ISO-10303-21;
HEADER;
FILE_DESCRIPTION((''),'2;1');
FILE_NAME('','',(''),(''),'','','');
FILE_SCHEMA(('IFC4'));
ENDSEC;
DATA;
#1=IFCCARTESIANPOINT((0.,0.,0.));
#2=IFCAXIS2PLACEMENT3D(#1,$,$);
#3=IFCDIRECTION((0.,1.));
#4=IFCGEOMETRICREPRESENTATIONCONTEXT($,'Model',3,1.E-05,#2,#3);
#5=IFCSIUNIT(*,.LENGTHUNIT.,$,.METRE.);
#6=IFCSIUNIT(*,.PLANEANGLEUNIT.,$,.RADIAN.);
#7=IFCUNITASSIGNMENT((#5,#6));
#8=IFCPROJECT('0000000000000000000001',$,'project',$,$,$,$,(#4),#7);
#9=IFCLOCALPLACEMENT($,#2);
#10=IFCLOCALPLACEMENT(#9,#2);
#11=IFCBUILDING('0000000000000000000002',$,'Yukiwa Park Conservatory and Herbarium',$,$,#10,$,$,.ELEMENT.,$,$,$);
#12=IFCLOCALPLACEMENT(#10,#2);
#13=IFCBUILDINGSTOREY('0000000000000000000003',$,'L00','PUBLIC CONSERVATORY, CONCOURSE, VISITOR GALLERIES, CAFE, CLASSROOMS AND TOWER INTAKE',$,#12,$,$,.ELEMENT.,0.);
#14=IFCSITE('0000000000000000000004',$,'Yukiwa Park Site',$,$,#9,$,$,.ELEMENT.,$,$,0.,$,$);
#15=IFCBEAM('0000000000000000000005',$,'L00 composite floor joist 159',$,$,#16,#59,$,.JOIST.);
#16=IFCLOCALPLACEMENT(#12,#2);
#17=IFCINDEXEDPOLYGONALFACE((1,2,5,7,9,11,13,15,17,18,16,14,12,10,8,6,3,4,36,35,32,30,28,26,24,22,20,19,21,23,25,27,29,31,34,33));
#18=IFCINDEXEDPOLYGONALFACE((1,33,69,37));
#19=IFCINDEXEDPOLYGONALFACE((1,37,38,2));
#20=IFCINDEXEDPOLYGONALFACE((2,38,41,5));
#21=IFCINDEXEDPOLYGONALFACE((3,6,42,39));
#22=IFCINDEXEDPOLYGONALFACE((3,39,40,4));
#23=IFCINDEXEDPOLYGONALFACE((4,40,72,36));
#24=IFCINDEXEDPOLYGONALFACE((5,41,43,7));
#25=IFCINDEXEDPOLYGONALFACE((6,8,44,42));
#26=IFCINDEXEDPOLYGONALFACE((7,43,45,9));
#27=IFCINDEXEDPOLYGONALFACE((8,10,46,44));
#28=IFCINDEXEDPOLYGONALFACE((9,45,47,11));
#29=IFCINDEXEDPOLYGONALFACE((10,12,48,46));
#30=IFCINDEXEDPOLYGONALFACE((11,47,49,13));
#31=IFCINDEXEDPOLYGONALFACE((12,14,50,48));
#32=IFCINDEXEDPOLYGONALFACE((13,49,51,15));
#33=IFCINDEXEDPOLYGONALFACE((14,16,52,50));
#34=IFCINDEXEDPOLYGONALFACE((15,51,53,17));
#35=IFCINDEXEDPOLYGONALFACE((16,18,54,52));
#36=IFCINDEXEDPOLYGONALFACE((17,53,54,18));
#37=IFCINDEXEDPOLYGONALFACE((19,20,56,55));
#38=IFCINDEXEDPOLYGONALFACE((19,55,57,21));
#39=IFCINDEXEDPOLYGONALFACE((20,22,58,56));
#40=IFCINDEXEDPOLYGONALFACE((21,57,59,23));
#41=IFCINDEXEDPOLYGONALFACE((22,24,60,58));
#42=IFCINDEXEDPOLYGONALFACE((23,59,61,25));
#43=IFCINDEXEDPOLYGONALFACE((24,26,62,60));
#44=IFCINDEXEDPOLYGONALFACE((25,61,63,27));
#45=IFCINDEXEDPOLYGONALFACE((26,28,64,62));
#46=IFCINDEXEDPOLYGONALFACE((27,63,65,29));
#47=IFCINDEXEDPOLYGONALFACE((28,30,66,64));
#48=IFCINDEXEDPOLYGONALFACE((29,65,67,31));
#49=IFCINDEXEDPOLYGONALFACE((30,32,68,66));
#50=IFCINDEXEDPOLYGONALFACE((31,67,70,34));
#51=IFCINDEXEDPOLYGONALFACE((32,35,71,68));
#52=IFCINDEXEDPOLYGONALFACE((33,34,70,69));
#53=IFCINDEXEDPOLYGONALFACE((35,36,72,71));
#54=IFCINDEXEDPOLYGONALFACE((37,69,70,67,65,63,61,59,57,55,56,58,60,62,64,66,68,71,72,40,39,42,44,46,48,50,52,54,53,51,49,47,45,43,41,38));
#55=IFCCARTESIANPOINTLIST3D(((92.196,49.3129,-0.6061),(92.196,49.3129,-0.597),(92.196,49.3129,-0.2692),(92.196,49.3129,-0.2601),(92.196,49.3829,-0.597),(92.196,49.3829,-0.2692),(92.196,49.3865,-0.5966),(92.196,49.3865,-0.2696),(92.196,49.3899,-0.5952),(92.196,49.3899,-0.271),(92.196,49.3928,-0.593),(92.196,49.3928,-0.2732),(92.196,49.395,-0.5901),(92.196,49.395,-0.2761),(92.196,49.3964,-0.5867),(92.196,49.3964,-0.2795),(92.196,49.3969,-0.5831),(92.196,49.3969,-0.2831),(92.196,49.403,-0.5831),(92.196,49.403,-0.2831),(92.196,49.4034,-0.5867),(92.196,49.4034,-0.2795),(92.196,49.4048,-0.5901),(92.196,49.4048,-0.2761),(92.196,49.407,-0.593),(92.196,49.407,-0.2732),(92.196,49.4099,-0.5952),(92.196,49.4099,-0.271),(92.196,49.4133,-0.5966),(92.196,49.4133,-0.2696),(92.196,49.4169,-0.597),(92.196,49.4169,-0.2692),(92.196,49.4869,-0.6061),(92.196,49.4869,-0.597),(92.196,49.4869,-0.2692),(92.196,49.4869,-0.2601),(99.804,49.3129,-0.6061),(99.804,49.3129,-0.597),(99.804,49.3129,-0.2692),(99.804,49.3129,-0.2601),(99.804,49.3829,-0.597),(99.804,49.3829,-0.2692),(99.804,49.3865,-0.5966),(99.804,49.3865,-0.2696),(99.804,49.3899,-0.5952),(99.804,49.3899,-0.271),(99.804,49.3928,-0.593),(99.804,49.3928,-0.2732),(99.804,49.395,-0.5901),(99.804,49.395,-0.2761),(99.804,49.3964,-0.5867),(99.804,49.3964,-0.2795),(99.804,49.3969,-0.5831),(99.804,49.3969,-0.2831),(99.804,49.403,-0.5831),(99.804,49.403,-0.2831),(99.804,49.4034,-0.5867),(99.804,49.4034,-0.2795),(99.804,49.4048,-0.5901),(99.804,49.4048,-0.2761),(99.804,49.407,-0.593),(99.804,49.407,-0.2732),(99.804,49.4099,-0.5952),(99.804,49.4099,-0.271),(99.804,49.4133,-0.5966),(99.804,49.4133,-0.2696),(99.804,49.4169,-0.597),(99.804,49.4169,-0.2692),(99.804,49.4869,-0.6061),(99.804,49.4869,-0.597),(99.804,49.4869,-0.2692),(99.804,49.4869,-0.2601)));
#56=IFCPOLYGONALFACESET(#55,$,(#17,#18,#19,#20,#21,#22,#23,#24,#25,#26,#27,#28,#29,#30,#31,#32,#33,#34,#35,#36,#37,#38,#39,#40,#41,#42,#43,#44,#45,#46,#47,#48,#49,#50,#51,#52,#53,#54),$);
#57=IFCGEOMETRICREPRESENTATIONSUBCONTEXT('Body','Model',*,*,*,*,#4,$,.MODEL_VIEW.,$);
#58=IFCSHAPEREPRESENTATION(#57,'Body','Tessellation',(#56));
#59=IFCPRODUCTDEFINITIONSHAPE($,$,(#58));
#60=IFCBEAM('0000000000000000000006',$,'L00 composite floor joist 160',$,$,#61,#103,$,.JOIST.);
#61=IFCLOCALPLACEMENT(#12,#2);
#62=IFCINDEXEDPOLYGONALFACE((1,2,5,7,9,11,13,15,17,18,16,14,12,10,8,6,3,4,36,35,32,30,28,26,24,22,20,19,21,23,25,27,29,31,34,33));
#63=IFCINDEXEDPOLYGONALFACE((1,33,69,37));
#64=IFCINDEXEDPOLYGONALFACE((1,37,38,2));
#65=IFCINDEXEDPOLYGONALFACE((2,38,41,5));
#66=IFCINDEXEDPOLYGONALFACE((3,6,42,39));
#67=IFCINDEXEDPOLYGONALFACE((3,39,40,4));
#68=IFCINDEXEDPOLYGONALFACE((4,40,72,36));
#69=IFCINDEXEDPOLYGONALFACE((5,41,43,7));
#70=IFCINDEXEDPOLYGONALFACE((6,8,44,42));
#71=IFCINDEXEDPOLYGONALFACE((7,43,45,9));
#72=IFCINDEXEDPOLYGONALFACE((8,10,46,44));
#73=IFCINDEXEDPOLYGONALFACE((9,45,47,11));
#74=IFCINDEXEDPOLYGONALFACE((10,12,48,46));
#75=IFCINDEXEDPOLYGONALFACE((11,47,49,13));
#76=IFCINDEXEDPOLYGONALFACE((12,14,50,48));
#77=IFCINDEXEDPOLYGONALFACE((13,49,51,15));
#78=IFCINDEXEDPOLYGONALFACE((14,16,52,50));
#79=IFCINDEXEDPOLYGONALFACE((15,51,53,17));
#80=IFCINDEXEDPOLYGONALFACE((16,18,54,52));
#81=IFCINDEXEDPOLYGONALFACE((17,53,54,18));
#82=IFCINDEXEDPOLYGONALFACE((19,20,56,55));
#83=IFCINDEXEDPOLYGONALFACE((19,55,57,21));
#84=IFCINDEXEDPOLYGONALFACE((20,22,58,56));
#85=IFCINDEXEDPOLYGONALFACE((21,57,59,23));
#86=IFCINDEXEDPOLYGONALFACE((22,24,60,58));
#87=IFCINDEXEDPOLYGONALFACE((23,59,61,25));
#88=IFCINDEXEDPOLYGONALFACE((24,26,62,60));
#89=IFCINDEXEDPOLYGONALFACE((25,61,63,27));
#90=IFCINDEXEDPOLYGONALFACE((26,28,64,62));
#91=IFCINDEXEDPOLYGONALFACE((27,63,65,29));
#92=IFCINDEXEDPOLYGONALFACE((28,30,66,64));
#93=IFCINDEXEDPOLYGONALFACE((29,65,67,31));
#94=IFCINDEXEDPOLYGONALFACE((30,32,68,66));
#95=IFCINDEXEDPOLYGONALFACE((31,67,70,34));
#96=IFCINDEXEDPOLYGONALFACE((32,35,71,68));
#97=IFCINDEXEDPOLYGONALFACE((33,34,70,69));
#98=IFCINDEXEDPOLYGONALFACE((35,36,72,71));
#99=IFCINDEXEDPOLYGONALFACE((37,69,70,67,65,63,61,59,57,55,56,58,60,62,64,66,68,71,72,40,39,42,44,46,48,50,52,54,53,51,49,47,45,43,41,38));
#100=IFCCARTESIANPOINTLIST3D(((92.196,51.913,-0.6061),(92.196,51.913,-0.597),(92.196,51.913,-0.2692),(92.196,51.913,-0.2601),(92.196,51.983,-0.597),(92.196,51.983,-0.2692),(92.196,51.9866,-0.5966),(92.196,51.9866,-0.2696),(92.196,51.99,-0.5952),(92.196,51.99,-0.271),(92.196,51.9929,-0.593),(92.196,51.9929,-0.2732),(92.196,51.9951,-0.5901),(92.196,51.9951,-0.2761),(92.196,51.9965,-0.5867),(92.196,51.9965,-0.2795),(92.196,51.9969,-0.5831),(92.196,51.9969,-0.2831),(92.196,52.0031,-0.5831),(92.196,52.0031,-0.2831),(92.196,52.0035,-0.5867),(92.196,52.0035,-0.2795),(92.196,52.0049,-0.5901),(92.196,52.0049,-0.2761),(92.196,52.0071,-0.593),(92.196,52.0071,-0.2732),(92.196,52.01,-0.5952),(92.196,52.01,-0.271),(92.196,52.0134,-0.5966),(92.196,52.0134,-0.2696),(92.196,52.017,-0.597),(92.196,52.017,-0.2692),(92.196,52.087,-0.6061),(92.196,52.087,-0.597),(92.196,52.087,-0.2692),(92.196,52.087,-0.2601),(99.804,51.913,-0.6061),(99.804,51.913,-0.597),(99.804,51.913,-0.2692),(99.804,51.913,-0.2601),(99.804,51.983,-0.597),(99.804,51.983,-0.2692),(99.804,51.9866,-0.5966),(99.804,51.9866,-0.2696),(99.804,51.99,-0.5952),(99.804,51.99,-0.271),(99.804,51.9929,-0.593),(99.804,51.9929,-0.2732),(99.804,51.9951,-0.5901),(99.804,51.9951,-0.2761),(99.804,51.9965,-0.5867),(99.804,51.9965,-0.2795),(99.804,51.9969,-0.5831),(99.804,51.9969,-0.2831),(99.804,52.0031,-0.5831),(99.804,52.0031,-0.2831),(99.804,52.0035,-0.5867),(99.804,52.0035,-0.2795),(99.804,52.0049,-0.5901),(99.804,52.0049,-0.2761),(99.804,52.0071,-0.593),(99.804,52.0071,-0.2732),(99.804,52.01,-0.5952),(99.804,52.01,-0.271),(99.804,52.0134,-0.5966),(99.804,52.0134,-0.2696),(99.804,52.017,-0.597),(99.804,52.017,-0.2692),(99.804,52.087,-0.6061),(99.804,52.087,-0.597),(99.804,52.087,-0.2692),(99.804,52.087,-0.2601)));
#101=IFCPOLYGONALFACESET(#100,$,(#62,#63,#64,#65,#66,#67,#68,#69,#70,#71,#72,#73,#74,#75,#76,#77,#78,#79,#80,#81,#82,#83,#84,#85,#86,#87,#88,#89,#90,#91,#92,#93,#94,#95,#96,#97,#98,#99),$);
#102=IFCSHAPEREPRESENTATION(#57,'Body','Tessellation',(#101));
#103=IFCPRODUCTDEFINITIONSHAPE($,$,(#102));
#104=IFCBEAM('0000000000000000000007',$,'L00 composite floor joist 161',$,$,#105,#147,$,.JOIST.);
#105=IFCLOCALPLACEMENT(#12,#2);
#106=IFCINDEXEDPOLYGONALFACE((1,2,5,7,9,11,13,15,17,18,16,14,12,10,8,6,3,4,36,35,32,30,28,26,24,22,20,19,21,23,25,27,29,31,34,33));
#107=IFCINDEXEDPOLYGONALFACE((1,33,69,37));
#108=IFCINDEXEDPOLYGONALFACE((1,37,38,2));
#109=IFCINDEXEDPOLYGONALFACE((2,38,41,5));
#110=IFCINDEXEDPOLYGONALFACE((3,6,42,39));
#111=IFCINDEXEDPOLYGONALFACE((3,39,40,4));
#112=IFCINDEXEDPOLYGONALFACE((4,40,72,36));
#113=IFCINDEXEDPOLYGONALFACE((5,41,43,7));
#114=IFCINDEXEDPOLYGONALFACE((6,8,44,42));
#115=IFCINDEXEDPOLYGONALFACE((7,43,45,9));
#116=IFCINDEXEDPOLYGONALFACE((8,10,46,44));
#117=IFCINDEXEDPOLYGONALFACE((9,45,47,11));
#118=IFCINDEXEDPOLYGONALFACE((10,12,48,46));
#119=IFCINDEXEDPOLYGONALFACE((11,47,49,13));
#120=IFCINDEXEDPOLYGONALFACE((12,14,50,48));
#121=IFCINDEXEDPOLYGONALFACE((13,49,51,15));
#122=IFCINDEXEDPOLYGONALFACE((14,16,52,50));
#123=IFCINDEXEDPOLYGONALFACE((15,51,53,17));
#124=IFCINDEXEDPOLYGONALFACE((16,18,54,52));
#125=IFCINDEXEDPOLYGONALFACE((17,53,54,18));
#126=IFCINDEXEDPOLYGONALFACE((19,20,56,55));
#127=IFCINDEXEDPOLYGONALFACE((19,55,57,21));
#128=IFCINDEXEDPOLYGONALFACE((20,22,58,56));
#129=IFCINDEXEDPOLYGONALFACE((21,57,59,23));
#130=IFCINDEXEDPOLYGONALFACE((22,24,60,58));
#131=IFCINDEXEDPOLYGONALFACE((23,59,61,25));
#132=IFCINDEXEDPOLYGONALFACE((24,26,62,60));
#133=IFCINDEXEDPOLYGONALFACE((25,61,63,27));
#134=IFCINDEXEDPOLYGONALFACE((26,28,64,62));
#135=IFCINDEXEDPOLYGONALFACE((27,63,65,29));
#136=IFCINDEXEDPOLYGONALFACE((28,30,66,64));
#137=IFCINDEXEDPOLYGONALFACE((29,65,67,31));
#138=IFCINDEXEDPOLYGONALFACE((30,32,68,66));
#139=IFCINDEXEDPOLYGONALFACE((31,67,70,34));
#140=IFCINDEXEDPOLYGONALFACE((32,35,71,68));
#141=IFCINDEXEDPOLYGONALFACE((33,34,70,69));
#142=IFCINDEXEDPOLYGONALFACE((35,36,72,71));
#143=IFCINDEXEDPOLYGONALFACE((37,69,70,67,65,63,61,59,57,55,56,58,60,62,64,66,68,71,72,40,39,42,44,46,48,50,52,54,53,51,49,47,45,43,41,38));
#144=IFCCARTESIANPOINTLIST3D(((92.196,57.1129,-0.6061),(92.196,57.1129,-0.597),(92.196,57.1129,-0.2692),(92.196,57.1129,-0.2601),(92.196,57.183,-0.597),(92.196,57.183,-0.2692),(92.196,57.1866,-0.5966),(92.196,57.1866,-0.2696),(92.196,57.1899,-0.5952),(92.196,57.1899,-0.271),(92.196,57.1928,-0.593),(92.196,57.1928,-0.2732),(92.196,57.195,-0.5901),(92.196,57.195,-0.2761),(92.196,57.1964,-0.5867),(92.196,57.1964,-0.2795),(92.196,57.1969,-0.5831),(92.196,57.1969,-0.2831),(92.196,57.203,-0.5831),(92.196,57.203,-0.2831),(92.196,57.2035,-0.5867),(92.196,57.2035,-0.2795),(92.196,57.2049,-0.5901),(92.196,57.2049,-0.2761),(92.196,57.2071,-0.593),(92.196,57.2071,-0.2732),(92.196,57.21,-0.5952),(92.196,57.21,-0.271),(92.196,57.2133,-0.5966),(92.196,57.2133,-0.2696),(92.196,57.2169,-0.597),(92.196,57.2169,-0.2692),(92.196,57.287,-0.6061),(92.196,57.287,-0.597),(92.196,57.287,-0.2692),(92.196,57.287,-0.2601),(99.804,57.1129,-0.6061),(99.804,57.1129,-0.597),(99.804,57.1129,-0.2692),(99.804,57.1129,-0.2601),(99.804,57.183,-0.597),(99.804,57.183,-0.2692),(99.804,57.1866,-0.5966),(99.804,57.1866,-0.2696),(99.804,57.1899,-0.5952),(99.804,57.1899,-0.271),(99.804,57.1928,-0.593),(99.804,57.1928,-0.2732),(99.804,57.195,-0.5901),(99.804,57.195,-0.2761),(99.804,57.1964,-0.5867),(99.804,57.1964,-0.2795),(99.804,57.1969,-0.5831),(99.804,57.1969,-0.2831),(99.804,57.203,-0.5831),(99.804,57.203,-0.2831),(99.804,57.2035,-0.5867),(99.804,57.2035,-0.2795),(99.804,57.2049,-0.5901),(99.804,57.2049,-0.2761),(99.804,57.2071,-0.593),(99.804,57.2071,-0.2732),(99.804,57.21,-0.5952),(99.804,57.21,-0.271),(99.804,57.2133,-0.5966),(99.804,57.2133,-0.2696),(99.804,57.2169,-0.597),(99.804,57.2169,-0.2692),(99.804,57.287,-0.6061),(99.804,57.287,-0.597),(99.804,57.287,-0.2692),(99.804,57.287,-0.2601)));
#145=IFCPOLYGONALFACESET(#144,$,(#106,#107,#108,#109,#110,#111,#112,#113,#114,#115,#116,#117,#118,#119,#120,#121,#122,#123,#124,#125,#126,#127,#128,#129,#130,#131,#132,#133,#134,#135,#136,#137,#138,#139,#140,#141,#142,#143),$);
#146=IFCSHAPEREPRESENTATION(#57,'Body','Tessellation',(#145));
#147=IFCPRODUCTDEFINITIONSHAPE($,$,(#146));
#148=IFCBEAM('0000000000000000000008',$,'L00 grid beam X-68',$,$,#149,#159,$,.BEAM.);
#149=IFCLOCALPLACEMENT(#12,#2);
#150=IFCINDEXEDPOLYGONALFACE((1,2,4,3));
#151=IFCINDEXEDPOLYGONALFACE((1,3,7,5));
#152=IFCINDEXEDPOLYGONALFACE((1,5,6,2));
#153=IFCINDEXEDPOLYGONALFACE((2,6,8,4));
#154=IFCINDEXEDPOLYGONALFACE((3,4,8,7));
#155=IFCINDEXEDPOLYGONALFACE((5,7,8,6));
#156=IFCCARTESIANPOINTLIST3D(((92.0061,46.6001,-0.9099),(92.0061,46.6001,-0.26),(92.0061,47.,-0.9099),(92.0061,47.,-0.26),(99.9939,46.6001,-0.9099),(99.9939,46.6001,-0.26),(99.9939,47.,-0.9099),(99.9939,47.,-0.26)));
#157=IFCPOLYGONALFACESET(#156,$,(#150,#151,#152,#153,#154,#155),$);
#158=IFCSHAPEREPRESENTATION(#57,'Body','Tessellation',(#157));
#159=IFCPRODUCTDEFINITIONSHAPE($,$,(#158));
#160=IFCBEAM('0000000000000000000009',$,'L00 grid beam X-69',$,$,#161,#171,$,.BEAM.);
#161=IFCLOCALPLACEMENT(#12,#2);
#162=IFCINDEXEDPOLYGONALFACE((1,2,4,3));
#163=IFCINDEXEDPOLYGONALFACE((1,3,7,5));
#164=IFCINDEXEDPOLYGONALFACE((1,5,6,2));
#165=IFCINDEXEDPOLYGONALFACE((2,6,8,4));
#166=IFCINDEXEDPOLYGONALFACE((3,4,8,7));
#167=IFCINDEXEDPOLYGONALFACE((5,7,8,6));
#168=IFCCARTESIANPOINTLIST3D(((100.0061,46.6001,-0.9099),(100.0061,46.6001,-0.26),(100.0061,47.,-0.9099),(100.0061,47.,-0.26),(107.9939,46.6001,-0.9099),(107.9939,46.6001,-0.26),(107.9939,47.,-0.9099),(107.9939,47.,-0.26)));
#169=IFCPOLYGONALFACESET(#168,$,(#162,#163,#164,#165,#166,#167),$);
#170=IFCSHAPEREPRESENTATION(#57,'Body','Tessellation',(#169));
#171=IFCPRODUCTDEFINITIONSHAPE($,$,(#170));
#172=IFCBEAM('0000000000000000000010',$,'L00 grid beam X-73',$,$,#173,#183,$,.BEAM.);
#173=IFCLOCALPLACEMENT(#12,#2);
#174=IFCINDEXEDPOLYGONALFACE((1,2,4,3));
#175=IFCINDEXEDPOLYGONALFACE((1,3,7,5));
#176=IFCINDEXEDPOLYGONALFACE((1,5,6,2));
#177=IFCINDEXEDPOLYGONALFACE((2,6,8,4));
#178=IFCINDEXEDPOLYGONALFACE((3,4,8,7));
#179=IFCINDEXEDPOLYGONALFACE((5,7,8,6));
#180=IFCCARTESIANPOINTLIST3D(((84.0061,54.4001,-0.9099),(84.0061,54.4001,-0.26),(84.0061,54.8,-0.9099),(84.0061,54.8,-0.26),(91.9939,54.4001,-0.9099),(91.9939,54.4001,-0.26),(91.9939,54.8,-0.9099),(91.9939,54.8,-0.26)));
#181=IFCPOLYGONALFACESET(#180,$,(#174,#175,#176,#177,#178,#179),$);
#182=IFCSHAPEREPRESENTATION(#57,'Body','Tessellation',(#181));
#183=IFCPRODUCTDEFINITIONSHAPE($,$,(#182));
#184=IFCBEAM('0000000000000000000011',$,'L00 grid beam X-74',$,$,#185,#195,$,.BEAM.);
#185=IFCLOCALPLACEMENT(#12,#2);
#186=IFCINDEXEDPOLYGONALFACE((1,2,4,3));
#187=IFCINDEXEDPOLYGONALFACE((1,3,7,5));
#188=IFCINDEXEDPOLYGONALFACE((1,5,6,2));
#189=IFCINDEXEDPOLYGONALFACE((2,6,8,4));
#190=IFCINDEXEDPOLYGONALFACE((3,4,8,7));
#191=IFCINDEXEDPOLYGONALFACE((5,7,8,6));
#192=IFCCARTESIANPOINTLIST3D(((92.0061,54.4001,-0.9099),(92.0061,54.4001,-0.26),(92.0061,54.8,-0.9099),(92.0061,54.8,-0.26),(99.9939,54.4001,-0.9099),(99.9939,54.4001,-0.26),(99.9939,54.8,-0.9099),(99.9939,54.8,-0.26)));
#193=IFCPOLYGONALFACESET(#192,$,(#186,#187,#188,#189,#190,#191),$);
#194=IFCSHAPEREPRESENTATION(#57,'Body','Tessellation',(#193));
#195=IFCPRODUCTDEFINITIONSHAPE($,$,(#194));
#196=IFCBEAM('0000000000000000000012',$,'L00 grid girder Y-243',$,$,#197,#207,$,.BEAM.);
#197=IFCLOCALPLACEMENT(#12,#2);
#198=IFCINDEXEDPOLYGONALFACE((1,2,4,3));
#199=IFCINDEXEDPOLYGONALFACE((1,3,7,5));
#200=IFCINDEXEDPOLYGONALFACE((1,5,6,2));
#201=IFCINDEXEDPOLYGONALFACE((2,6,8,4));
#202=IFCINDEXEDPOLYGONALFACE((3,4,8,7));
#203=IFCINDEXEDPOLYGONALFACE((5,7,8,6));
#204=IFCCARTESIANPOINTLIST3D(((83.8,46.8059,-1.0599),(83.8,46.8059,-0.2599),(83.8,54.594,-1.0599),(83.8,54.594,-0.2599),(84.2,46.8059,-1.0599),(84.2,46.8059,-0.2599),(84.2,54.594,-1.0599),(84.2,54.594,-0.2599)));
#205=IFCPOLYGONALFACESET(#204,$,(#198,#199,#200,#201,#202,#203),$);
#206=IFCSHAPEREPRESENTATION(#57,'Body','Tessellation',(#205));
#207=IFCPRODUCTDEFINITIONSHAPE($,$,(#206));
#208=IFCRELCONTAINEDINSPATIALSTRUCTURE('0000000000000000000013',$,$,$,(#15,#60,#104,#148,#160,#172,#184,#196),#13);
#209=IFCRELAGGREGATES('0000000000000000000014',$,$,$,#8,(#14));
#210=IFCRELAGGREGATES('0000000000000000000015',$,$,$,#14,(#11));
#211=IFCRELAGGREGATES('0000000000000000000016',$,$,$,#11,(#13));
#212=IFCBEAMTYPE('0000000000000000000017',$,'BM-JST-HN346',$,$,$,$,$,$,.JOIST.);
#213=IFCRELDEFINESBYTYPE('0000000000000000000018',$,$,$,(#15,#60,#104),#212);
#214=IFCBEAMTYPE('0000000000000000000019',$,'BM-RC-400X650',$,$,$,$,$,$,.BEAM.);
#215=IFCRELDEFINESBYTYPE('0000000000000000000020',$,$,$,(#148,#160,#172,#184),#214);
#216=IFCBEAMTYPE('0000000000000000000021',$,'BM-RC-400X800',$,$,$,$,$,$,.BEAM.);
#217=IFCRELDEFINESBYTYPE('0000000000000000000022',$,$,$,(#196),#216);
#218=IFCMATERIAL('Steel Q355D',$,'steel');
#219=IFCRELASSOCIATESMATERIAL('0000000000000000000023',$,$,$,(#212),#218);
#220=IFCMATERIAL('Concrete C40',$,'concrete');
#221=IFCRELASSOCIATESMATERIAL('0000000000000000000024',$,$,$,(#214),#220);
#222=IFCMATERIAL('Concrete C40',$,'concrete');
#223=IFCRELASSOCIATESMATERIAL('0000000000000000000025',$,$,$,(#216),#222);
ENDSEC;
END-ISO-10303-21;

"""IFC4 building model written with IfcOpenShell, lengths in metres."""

from ifc_helpers import new_model, si_unit, direction, frame, origin, origin_2d, place, context, subcontext, project, spatial, rectangle, i_section, extrude, material, material_profile, profile_set, type_object, element, save


model = new_model("IFC4")

# Units and contexts
model_context = context("Model", 3, precision=1e-05, world=origin(), true_north=direction((0.0, 1.0)))
body_context = subcontext(model_context, "Body", "Model", "MODEL_VIEW")
ifc_project = project(units=[si_unit("LENGTHUNIT", "METRE"), si_unit("PLANEANGLEUNIT", "RADIAN")], contexts=[model_context])

# Site, building, storey
site_placement = place(None, origin())
site = spatial("IfcSite", under=ifc_project, at=site_placement, Name="Yukiwa Park Site", CompositionType="ELEMENT", RefElevation=0.0)
building_placement = place(site_placement, origin())
building = spatial("IfcBuilding", under=site, at=building_placement, Name="Yukiwa Park Conservatory and Herbarium", CompositionType="ELEMENT")
storey_placement = place(building_placement, origin())
storey = spatial("IfcBuildingStorey", under=building, at=storey_placement, Name="L00", Description="PUBLIC CONSERVATORY, CONCOURSE, VISITOR GALLERIES, CAFE, CLASSROOMS AND TOWER INTAKE", CompositionType="ELEMENT", Elevation=0.0)

# Beams
ifc_material_1 = material(Name="Steel Q355D", Category="steel")
ifc_material_profile_1 = material_profile(ifc_material_1, i_section(OverallWidth=0.1741, OverallDepth=0.3459, WebThickness=0.0061, FlangeThickness=0.009, FilletRadius=0.0139, at=origin_2d()), Name="HN 346x174x6x9")
ifc_profile_set_1 = profile_set([ifc_material_profile_1], Name="Steel Q355D")
beam_type_1 = type_object("IfcBeamType", Name="BM-JST-HN346", PredefinedType="JOIST", material=ifc_profile_set_1)
for number, where, z_axis, x_axis, name in (
    (1, (92.196, 49.3999, -0.4331), (1.0, 0.0, 0.0), (0.0, 1.0, 0.0), "L00 composite floor joist 159"),
    (2, (92.196, 52.0, -0.4331), (1.0, 0.0, 0.0), (0.0, 1.0, 0.0), "L00 composite floor joist 160"),
    (3, (92.196, 57.2, -0.4331), (1.0, 0.0, 0.0), (0.0, 1.0, 0.0), "L00 composite floor joist 161"),
):
    element("IfcBeam", number, at=place(storey_placement, frame(where, z_axis=z_axis, x_axis=x_axis)), inside=storey, type_object=beam_type_1, Name=name, PredefinedType="JOIST", context=body_context, shape_type="SweptSolid", body=[
        extrude(i_section(OverallWidth=0.1741, OverallDepth=0.3459, WebThickness=0.0061, FlangeThickness=0.009, FilletRadius=0.0139, at=origin_2d()), origin(), (0.0, 0.0, 1.0), 7.6079),
    ])
ifc_material_2 = material(Name="Concrete C40", Category="concrete")
ifc_material_profile_2 = material_profile(ifc_material_2, rectangle(XDim=0.3999, YDim=0.6499, at=origin_2d()), Name="RC 400x650")
ifc_profile_set_2 = profile_set([ifc_material_profile_2], Name="Concrete C40")
beam_type_2 = type_object("IfcBeamType", Name="BM-RC-400X650", PredefinedType="BEAM", material=ifc_profile_set_2)
for number, where, z_axis, x_axis, name in (
    (4, (92.0061, 46.8, -0.585), (1.0, 0.0, 0.0), (0.0, 1.0, 0.0), "L00 grid beam X-68"),
    (5, (100.0061, 46.8, -0.585), (1.0, 0.0, 0.0), (0.0, 1.0, 0.0), "L00 grid beam X-69"),
    (6, (84.0061, 54.6001, -0.585), (1.0, 0.0, 0.0), (0.0, 1.0, 0.0), "L00 grid beam X-73"),
    (7, (92.0061, 54.6001, -0.585), (1.0, 0.0, 0.0), (0.0, 1.0, 0.0), "L00 grid beam X-74"),
):
    element("IfcBeam", number, at=place(storey_placement, frame(where, z_axis=z_axis, x_axis=x_axis)), inside=storey, type_object=beam_type_2, Name=name, PredefinedType="BEAM", context=body_context, shape_type="SweptSolid", body=[
        extrude(rectangle(XDim=0.3999, YDim=0.6499, at=origin_2d()), origin(), (0.0, 0.0, 1.0), 7.9878),
    ])
ifc_material_3 = material(Name="Concrete C40", Category="concrete")
ifc_material_profile_3 = material_profile(ifc_material_3, rectangle(XDim=0.3999, YDim=0.8, at=origin_2d()), Name="RC 400x800")
ifc_profile_set_3 = profile_set([ifc_material_profile_3], Name="Concrete C40")
beam_type_3 = type_object("IfcBeamType", Name="BM-RC-400X800", PredefinedType="BEAM", material=ifc_profile_set_3)
for number, where, z_axis, x_axis, name in (
    (8, (84.0, 46.8059, -0.6599), (0.0, 1.0, 0.0), (-1.0, 0.0, 0.0), "L00 grid girder Y-243"),
):
    element("IfcBeam", number, at=place(storey_placement, frame(where, z_axis=z_axis, x_axis=x_axis)), inside=storey, type_object=beam_type_3, Name=name, PredefinedType="BEAM", context=body_context, shape_type="SweptSolid", body=[
        extrude(rectangle(XDim=0.3999, YDim=0.8, at=origin_2d()), origin(), (0.0, 0.0, 1.0), 7.7881),
    ])

save(model, "model.ifc")
